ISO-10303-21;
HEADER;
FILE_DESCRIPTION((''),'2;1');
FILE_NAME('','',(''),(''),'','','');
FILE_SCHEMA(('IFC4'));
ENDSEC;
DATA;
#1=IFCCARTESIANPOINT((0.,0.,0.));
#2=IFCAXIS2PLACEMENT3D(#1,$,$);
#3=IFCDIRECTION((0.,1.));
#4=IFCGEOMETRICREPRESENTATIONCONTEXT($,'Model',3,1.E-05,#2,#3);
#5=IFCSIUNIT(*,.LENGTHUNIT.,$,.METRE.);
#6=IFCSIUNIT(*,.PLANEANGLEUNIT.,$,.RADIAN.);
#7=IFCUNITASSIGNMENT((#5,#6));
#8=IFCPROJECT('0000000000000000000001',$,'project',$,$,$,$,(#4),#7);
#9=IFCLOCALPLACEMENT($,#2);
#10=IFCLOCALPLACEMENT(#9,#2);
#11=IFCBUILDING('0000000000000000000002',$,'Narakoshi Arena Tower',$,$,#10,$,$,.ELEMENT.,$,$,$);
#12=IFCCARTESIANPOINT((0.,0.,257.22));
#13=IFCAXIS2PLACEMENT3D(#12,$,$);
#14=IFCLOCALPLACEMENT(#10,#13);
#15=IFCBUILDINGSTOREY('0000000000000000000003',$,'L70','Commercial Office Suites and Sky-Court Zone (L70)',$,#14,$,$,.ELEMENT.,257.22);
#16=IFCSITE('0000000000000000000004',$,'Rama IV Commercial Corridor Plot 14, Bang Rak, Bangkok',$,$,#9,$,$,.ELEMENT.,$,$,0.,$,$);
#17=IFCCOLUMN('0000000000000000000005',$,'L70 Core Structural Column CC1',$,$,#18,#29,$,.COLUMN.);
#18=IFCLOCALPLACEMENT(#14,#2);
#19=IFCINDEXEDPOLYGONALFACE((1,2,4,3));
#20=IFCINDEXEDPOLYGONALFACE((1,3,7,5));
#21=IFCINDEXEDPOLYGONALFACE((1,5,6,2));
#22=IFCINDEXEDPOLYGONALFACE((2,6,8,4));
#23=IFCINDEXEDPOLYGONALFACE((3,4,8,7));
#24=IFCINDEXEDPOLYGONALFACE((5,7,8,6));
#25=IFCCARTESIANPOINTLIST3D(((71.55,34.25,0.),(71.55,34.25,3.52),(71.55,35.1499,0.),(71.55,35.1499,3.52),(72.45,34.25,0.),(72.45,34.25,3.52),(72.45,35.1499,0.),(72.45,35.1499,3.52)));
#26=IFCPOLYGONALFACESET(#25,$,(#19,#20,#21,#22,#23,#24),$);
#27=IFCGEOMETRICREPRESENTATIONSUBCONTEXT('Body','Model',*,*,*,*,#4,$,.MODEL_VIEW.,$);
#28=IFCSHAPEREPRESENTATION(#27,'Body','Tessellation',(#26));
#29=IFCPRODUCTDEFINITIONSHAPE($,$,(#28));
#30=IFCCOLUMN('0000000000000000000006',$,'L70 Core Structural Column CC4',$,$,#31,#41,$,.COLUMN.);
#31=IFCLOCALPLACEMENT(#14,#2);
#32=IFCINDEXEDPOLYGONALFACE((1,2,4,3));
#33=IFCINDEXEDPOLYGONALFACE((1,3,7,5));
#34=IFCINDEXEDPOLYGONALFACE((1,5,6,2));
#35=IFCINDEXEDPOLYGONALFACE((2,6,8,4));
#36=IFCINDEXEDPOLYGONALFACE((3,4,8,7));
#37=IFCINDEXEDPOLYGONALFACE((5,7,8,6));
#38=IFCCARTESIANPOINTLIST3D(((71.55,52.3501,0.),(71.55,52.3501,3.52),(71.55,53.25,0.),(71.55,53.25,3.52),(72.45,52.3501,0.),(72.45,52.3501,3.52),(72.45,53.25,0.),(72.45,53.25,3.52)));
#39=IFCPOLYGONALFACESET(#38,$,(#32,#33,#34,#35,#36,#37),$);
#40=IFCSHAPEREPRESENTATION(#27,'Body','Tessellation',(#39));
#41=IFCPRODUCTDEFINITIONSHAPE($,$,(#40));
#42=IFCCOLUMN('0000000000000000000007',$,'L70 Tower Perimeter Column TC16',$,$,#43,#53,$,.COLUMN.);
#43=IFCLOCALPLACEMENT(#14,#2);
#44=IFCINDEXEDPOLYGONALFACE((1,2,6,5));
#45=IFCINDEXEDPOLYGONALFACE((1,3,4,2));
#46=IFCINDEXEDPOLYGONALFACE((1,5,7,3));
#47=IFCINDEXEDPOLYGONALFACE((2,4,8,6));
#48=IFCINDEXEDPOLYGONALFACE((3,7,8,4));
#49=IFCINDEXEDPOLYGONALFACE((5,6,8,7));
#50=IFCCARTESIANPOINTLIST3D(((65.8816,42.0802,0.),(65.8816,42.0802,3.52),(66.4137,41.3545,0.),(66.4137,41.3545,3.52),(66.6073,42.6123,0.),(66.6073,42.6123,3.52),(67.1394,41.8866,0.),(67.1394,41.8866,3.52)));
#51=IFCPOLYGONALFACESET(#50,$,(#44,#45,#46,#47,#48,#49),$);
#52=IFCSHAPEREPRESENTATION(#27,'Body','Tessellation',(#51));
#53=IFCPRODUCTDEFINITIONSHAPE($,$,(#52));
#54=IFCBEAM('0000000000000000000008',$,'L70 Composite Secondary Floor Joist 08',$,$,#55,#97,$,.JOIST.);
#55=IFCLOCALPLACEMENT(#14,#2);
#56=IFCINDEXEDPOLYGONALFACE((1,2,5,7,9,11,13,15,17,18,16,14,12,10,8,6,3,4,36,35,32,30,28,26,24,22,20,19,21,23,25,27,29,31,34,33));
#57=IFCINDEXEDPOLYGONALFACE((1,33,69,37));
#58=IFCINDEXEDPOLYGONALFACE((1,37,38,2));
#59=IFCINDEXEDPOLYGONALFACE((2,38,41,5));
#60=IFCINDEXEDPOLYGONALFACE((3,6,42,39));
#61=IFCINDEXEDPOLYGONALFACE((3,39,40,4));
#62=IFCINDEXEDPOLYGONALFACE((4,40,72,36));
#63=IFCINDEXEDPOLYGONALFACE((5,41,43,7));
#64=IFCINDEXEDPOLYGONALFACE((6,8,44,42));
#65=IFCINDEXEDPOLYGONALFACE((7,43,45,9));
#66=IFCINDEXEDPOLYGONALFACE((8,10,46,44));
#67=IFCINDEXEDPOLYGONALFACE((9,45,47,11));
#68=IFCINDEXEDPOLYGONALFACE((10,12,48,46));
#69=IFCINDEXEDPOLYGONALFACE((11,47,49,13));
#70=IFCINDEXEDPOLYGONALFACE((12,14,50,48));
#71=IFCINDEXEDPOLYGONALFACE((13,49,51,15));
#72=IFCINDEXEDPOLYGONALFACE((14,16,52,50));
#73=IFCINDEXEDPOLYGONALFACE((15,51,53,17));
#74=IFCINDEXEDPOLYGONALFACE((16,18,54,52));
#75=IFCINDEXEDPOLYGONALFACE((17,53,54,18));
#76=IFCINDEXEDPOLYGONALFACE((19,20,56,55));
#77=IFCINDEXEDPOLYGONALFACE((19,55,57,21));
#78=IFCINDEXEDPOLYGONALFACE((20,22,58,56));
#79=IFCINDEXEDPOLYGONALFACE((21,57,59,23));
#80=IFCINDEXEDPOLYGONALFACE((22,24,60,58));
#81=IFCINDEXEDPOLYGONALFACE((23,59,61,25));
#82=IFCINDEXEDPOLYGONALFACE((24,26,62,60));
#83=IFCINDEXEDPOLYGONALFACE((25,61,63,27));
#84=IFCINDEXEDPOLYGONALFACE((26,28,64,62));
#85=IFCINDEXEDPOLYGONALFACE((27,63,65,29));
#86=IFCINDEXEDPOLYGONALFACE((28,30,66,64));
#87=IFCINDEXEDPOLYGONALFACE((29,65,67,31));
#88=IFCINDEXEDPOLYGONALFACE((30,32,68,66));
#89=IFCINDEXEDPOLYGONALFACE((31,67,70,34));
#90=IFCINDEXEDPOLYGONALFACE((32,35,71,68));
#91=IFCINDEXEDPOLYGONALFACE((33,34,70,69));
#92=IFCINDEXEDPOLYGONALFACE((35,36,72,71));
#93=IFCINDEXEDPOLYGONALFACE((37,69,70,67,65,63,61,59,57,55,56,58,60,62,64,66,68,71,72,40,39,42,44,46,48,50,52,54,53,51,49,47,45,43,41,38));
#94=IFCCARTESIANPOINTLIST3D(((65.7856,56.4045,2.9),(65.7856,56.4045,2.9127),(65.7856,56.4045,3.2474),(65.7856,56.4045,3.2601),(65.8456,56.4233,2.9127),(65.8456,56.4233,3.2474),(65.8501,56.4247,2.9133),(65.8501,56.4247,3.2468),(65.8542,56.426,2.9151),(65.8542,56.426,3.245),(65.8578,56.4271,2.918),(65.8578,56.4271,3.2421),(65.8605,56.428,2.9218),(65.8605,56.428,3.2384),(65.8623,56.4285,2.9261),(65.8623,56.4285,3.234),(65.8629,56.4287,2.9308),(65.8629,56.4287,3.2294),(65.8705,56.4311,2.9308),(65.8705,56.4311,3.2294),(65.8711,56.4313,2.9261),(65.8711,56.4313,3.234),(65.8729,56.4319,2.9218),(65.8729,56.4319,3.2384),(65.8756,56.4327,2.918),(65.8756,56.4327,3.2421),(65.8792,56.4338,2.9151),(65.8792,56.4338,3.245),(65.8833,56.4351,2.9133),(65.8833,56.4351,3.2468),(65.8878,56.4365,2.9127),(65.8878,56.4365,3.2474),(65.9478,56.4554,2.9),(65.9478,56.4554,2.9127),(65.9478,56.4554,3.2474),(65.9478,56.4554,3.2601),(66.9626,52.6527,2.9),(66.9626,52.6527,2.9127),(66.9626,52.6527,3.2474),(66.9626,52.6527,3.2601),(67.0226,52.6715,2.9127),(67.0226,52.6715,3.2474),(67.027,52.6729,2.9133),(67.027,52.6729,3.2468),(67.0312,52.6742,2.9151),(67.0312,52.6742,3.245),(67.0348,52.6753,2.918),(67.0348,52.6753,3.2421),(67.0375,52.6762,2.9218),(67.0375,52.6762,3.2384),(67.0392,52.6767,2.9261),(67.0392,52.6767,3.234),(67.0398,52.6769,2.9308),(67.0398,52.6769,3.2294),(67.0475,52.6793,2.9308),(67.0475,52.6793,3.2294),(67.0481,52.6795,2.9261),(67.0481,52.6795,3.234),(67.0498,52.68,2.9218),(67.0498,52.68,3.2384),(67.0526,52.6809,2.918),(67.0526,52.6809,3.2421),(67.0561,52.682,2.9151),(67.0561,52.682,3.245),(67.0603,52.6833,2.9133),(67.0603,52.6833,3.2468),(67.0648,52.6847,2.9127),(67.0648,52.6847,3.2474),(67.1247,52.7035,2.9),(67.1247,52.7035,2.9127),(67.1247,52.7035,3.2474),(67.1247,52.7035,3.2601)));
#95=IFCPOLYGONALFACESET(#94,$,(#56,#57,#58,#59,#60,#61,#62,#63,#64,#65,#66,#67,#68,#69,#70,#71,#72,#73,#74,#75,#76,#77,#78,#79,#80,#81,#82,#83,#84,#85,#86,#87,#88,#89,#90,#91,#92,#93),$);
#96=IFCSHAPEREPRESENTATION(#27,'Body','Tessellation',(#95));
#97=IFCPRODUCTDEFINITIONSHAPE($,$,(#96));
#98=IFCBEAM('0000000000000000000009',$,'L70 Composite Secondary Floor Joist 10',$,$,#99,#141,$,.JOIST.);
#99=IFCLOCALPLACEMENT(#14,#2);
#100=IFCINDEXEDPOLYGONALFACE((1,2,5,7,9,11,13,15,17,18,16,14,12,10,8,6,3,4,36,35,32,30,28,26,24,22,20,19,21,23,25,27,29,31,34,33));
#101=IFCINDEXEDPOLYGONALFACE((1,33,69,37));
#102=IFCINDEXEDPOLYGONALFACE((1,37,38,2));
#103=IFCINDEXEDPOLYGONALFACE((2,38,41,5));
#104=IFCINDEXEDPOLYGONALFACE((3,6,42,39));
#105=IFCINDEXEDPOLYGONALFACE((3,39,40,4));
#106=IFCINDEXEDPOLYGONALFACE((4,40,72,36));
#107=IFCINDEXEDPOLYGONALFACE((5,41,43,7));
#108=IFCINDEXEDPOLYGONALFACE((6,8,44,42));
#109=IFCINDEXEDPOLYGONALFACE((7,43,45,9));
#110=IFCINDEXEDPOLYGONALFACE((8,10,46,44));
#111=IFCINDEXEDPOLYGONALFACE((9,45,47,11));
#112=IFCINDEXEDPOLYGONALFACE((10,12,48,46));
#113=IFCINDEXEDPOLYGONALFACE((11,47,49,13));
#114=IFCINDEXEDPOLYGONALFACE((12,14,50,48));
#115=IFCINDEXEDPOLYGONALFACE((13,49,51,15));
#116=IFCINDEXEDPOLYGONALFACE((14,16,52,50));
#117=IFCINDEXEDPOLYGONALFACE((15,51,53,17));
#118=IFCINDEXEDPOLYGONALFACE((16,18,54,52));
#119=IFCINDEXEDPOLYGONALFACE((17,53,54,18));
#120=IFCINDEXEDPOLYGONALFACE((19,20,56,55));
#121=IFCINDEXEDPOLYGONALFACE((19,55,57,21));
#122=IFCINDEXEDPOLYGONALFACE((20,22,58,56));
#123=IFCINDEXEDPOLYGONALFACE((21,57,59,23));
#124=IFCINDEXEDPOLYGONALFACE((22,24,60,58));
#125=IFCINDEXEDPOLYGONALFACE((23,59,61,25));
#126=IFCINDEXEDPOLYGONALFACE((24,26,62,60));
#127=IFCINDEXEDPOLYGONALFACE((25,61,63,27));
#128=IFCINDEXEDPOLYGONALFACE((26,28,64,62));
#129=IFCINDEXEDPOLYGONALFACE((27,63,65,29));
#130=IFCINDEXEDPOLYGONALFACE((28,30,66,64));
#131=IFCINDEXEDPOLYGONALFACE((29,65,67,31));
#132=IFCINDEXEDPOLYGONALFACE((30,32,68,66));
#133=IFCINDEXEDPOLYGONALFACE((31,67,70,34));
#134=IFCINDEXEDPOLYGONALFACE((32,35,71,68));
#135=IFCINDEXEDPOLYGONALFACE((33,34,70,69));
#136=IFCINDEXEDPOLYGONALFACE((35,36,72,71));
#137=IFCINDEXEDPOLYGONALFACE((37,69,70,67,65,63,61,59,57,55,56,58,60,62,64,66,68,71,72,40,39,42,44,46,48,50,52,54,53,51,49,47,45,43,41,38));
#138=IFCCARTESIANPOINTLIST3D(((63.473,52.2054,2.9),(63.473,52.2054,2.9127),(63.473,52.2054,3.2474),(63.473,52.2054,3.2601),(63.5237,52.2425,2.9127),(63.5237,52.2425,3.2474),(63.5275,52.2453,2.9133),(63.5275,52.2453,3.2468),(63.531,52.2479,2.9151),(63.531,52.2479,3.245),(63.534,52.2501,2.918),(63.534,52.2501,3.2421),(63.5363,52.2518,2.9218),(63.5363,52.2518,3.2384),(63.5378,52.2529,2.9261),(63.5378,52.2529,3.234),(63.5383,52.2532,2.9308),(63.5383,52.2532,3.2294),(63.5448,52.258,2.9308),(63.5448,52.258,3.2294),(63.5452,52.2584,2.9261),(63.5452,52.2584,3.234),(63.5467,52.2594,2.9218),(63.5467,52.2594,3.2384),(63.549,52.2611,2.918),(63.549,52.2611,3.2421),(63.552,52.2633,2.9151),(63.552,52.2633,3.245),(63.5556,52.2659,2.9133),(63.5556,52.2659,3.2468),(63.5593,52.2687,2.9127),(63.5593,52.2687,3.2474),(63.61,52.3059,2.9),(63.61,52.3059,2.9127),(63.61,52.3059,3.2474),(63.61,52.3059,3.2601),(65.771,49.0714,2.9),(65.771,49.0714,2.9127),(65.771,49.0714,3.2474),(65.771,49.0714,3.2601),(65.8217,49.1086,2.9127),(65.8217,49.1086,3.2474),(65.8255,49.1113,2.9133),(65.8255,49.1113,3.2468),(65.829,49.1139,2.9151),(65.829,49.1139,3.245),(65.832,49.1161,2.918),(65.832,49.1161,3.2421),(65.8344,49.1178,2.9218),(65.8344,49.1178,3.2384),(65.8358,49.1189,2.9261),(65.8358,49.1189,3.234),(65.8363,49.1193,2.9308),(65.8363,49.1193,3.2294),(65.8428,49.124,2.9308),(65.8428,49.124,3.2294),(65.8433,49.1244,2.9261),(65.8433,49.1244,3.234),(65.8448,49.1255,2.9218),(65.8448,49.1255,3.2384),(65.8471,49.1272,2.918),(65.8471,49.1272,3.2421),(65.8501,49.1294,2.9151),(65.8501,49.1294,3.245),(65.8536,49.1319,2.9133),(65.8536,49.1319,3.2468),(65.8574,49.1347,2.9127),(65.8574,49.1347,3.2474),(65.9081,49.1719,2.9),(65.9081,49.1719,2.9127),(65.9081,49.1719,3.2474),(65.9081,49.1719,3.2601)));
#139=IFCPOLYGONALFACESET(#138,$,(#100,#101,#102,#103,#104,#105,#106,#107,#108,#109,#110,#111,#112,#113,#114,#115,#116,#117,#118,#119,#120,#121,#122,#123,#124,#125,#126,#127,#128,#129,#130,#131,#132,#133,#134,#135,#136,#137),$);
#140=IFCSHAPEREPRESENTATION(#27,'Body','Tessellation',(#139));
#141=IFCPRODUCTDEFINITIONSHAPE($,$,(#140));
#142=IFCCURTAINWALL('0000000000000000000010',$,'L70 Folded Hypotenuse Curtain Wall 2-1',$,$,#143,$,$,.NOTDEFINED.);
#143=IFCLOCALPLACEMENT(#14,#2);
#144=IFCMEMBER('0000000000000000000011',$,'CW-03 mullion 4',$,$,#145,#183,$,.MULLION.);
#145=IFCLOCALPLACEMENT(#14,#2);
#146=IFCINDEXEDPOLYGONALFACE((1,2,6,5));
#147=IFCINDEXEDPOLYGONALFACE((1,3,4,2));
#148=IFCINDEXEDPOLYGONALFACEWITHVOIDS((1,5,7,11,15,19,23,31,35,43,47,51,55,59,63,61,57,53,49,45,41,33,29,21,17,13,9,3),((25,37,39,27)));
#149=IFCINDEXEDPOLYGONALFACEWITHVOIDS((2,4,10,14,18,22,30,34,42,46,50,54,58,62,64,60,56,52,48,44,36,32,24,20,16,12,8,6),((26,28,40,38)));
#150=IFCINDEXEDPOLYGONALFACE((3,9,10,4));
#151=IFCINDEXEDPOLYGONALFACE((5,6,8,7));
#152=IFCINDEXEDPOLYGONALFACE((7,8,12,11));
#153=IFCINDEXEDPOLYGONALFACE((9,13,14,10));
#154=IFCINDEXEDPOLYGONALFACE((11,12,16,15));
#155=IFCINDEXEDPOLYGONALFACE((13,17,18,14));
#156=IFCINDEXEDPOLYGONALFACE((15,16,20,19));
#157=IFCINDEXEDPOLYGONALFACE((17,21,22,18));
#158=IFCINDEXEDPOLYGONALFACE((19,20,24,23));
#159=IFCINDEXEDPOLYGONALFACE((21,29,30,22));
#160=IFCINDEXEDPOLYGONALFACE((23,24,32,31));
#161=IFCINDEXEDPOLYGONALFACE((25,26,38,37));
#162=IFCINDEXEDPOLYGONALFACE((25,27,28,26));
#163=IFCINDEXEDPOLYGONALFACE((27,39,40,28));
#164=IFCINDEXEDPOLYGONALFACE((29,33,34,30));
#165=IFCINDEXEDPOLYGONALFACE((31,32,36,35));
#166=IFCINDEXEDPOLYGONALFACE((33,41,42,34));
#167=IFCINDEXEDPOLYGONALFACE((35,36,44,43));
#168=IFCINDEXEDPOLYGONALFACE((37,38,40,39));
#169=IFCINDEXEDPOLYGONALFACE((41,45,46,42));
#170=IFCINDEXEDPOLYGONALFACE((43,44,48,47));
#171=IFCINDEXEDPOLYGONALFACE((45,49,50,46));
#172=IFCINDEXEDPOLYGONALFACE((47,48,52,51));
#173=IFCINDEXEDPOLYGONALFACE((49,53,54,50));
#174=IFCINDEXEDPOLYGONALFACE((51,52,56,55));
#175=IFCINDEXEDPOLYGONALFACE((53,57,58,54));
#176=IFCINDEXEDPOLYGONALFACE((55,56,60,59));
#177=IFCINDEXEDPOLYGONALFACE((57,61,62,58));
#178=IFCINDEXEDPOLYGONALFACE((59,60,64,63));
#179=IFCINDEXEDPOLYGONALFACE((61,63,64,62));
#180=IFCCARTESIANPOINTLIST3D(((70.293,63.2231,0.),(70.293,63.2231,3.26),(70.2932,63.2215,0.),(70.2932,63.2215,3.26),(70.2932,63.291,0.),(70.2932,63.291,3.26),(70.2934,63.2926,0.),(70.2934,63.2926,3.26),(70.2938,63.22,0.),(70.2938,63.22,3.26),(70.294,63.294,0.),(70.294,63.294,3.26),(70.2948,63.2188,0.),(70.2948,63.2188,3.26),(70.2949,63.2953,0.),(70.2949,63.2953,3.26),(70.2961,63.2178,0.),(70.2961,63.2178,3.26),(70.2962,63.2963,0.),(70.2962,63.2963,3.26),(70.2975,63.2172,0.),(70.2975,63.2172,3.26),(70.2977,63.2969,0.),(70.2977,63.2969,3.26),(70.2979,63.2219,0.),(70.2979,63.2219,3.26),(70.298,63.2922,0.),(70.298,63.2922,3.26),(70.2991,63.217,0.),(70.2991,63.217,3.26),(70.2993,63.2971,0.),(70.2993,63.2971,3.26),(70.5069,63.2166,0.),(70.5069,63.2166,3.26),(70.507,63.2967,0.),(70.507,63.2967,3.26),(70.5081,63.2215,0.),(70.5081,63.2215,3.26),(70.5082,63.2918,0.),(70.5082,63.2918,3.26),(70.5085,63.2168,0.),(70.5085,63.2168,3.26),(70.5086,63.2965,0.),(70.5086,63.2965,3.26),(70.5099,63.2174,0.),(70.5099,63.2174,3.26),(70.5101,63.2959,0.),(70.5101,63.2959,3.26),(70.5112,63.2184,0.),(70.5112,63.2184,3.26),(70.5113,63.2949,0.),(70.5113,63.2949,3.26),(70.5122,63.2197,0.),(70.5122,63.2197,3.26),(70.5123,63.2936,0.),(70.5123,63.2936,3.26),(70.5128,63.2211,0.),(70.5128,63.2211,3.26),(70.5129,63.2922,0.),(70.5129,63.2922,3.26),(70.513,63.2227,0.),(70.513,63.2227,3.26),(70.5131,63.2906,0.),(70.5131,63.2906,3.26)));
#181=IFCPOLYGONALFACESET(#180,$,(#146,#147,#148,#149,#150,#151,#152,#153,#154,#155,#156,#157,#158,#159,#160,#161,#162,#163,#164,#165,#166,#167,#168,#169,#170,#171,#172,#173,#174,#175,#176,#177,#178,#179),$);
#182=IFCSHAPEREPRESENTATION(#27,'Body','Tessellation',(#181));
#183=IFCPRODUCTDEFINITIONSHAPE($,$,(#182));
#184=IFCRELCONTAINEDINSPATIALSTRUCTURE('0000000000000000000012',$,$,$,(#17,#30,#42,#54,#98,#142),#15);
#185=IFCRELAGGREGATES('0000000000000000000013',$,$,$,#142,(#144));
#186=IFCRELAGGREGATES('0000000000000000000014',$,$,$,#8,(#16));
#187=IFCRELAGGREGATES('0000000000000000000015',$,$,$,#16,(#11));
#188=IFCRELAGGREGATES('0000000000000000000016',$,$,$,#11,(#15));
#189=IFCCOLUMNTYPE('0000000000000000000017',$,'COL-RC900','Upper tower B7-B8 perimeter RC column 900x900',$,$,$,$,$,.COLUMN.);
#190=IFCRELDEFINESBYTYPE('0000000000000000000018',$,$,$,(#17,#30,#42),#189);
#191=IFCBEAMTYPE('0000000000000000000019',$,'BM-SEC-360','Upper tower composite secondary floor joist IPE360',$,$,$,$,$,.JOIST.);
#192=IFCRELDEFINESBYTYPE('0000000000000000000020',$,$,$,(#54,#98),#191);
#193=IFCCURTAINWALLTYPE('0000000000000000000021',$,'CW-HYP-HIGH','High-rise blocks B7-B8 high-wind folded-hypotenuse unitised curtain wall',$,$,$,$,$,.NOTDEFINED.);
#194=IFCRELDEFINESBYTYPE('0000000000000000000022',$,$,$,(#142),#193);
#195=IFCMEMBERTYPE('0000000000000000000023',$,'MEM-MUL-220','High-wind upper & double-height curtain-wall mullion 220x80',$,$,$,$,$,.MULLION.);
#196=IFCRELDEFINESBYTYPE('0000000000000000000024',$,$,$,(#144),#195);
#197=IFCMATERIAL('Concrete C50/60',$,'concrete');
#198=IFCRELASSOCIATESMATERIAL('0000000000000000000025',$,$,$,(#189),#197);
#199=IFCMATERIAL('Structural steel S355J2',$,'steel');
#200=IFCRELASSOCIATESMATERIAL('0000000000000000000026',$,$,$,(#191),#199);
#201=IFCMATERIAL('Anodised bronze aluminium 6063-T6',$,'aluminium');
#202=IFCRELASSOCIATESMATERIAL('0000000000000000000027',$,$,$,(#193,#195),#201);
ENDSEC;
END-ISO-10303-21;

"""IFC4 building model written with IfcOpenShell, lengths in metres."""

from ifc_helpers import new_model, si_unit, direction, frame, origin, origin_2d, place, context, subcontext, project, spatial, rectangle, hollow_rectangle, i_section, extrude, material, material_profile, profile_set, type_object, element, aggregate, save


model = new_model("IFC4")

# Units and contexts
model_context = context("Model", 3, precision=1e-05, world=origin(), true_north=direction((0.0, 1.0)))
body_context = subcontext(model_context, "Body", "Model", "MODEL_VIEW")
ifc_project = project(units=[si_unit("LENGTHUNIT", "METRE"), si_unit("PLANEANGLEUNIT", "RADIAN")], contexts=[model_context])

# Site, building, storey
site_placement = place(None, origin())
site = spatial("IfcSite", under=ifc_project, at=site_placement, Name="Rama IV Commercial Corridor Plot 14, Bang Rak, Bangkok", CompositionType="ELEMENT", RefElevation=0.0)
building_placement = place(site_placement, origin())
building = spatial("IfcBuilding", under=site, at=building_placement, Name="Narakoshi Arena Tower", CompositionType="ELEMENT")
storey_placement = place(building_placement, frame((0.0, 0.0, 257.22)))
storey = spatial("IfcBuildingStorey", under=building, at=storey_placement, Name="L70", Description="Commercial Office Suites and Sky-Court Zone (L70)", CompositionType="ELEMENT", Elevation=257.22)

# Columns
ifc_material_1 = material(Name="Concrete C50/60", Category="concrete")
ifc_material_profile_1 = material_profile(ifc_material_1, rectangle(XDim=0.8999, YDim=0.8999, at=origin_2d()), Name="RC900x900")
ifc_profile_set_1 = profile_set([ifc_material_profile_1], Name="Concrete C50/60")
column_type = type_object("IfcColumnType", Name="COL-RC900", Description="Upper tower B7-B8 perimeter RC column 900x900", PredefinedType="COLUMN", material=ifc_profile_set_1)
for number, where, z_axis, x_axis, name in (
    (1, (72.0, 34.7, 0.0), (0.0, 0.0, 1.0), (1.0, 0.0, 0.0), "L70 Core Structural Column CC1"),
    (2, (72.0, 52.8, 0.0), (0.0, 0.0, 1.0), (1.0, 0.0, 0.0), "L70 Core Structural Column CC4"),
    (3, (66.5105, 41.9834, 0.0), (0.0, 0.0, 1.0), (-0.59131, 0.806445, 0.0), "L70 Tower Perimeter Column TC16"),
):
    element("IfcColumn", number, at=place(storey_placement, frame(where, z_axis=z_axis, x_axis=x_axis)), inside=storey, type_object=column_type, Name=name, PredefinedType="COLUMN", context=body_context, shape_type="SweptSolid", body=[
        extrude(rectangle(XDim=0.8999, YDim=0.8999, at=origin_2d()), origin(), (0.0, 0.0, 1.0), 3.52),
    ])

# Beams
ifc_material_2 = material(Name="Structural steel S355J2", Category="steel")
ifc_material_profile_2 = material_profile(ifc_material_2, i_section(OverallWidth=0.1699, OverallDepth=0.3601, WebThickness=0.0081, FlangeThickness=0.0127, FilletRadius=0.0181, at=origin_2d()), Name="IPE360")
ifc_profile_set_2 = profile_set([ifc_material_profile_2], Name="Structural steel S355J2")
beam_type = type_object("IfcBeamType", Name="BM-SEC-360", Description="Upper tower composite secondary floor joist IPE360", PredefinedType="JOIST", material=ifc_profile_set_2)
beam_1_placement = place(storey_placement, frame((65.8667, 56.4299, 3.0801), z_axis=(0.299321, -0.954152, 0.0), x_axis=(0.954152, 0.299321, 0.0)))
element("IfcBeam", 4, at=beam_1_placement, inside=storey, type_object=beam_type, Name="L70 Composite Secondary Floor Joist 08", PredefinedType="JOIST", context=body_context, shape_type="SweptSolid", body=[
    extrude(i_section(OverallWidth=0.1699, OverallDepth=0.3601, WebThickness=0.0081, FlangeThickness=0.0127, FilletRadius=0.0181, at=origin_2d()), origin(), (0.0, 0.0, 1.0), 3.9321),
])
beam_2_placement = place(storey_placement, frame((63.5415, 52.2556, 3.0801), z_axis=(0.591331, -0.806429, 0.0), x_axis=(0.806429, 0.591331, 0.0)))
element("IfcBeam", 5, at=beam_2_placement, inside=storey, type_object=beam_type, Name="L70 Composite Secondary Floor Joist 10", PredefinedType="JOIST", context=body_context, shape_type="SweptSolid", body=[
    extrude(i_section(OverallWidth=0.1699, OverallDepth=0.3601, WebThickness=0.0081, FlangeThickness=0.0127, FilletRadius=0.0181, at=origin_2d()), origin(), (0.0, 0.0, 1.0), 3.8862),
])

# Curtain wall, member
ifc_material_3 = material(Name="Anodised bronze aluminium 6063-T6", Category="aluminium")
curtain_wall_type = type_object("IfcCurtainWallType", Name="CW-HYP-HIGH", Description="High-rise blocks B7-B8 high-wind folded-hypotenuse unitised curtain wall", PredefinedType="NOTDEFINED", material=ifc_material_3)
curtain_wall_placement = place(storey_placement, origin())
curtain_wall = element("IfcCurtainWall", 6, at=curtain_wall_placement, inside=storey, type_object=curtain_wall_type, Name="L70 Folded Hypotenuse Curtain Wall 2-1", PredefinedType="NOTDEFINED")
ifc_material_profile_3 = material_profile(ifc_material_3, hollow_rectangle(XDim=0.0801, YDim=0.22, WallThickness=0.0049, OuterFilletRadius=0.0061, at=origin_2d()), Name="MUL220x80x5")
ifc_profile_set_3 = profile_set([ifc_material_profile_3], Name="Anodised bronze aluminium 6063-T6")
member_type_1 = type_object("IfcMemberType", Name="MEM-MUL-220", Description="High-wind upper & double-height curtain-wall mullion 220x80", PredefinedType="MULLION", material=ifc_profile_set_3)
member_1_placement = place(storey_placement, frame((70.4031, 63.2568, 0.0), z_axis=(0.0, 0.0, 1.0), x_axis=(-0.00182, -0.999998, 0.0)))
member_1 = element("IfcMember", 7, at=member_1_placement, type_object=member_type_1, Name="CW-03 mullion 4", PredefinedType="MULLION", context=body_context, shape_type="SweptSolid", body=[
    extrude(hollow_rectangle(XDim=0.0801, YDim=0.22, WallThickness=0.0049, OuterFilletRadius=0.0061, at=origin_2d()), origin(), (0.0, 0.0, 1.0), 3.26),
])
aggregate(curtain_wall, [member_1])

save(model, "model.ifc")
